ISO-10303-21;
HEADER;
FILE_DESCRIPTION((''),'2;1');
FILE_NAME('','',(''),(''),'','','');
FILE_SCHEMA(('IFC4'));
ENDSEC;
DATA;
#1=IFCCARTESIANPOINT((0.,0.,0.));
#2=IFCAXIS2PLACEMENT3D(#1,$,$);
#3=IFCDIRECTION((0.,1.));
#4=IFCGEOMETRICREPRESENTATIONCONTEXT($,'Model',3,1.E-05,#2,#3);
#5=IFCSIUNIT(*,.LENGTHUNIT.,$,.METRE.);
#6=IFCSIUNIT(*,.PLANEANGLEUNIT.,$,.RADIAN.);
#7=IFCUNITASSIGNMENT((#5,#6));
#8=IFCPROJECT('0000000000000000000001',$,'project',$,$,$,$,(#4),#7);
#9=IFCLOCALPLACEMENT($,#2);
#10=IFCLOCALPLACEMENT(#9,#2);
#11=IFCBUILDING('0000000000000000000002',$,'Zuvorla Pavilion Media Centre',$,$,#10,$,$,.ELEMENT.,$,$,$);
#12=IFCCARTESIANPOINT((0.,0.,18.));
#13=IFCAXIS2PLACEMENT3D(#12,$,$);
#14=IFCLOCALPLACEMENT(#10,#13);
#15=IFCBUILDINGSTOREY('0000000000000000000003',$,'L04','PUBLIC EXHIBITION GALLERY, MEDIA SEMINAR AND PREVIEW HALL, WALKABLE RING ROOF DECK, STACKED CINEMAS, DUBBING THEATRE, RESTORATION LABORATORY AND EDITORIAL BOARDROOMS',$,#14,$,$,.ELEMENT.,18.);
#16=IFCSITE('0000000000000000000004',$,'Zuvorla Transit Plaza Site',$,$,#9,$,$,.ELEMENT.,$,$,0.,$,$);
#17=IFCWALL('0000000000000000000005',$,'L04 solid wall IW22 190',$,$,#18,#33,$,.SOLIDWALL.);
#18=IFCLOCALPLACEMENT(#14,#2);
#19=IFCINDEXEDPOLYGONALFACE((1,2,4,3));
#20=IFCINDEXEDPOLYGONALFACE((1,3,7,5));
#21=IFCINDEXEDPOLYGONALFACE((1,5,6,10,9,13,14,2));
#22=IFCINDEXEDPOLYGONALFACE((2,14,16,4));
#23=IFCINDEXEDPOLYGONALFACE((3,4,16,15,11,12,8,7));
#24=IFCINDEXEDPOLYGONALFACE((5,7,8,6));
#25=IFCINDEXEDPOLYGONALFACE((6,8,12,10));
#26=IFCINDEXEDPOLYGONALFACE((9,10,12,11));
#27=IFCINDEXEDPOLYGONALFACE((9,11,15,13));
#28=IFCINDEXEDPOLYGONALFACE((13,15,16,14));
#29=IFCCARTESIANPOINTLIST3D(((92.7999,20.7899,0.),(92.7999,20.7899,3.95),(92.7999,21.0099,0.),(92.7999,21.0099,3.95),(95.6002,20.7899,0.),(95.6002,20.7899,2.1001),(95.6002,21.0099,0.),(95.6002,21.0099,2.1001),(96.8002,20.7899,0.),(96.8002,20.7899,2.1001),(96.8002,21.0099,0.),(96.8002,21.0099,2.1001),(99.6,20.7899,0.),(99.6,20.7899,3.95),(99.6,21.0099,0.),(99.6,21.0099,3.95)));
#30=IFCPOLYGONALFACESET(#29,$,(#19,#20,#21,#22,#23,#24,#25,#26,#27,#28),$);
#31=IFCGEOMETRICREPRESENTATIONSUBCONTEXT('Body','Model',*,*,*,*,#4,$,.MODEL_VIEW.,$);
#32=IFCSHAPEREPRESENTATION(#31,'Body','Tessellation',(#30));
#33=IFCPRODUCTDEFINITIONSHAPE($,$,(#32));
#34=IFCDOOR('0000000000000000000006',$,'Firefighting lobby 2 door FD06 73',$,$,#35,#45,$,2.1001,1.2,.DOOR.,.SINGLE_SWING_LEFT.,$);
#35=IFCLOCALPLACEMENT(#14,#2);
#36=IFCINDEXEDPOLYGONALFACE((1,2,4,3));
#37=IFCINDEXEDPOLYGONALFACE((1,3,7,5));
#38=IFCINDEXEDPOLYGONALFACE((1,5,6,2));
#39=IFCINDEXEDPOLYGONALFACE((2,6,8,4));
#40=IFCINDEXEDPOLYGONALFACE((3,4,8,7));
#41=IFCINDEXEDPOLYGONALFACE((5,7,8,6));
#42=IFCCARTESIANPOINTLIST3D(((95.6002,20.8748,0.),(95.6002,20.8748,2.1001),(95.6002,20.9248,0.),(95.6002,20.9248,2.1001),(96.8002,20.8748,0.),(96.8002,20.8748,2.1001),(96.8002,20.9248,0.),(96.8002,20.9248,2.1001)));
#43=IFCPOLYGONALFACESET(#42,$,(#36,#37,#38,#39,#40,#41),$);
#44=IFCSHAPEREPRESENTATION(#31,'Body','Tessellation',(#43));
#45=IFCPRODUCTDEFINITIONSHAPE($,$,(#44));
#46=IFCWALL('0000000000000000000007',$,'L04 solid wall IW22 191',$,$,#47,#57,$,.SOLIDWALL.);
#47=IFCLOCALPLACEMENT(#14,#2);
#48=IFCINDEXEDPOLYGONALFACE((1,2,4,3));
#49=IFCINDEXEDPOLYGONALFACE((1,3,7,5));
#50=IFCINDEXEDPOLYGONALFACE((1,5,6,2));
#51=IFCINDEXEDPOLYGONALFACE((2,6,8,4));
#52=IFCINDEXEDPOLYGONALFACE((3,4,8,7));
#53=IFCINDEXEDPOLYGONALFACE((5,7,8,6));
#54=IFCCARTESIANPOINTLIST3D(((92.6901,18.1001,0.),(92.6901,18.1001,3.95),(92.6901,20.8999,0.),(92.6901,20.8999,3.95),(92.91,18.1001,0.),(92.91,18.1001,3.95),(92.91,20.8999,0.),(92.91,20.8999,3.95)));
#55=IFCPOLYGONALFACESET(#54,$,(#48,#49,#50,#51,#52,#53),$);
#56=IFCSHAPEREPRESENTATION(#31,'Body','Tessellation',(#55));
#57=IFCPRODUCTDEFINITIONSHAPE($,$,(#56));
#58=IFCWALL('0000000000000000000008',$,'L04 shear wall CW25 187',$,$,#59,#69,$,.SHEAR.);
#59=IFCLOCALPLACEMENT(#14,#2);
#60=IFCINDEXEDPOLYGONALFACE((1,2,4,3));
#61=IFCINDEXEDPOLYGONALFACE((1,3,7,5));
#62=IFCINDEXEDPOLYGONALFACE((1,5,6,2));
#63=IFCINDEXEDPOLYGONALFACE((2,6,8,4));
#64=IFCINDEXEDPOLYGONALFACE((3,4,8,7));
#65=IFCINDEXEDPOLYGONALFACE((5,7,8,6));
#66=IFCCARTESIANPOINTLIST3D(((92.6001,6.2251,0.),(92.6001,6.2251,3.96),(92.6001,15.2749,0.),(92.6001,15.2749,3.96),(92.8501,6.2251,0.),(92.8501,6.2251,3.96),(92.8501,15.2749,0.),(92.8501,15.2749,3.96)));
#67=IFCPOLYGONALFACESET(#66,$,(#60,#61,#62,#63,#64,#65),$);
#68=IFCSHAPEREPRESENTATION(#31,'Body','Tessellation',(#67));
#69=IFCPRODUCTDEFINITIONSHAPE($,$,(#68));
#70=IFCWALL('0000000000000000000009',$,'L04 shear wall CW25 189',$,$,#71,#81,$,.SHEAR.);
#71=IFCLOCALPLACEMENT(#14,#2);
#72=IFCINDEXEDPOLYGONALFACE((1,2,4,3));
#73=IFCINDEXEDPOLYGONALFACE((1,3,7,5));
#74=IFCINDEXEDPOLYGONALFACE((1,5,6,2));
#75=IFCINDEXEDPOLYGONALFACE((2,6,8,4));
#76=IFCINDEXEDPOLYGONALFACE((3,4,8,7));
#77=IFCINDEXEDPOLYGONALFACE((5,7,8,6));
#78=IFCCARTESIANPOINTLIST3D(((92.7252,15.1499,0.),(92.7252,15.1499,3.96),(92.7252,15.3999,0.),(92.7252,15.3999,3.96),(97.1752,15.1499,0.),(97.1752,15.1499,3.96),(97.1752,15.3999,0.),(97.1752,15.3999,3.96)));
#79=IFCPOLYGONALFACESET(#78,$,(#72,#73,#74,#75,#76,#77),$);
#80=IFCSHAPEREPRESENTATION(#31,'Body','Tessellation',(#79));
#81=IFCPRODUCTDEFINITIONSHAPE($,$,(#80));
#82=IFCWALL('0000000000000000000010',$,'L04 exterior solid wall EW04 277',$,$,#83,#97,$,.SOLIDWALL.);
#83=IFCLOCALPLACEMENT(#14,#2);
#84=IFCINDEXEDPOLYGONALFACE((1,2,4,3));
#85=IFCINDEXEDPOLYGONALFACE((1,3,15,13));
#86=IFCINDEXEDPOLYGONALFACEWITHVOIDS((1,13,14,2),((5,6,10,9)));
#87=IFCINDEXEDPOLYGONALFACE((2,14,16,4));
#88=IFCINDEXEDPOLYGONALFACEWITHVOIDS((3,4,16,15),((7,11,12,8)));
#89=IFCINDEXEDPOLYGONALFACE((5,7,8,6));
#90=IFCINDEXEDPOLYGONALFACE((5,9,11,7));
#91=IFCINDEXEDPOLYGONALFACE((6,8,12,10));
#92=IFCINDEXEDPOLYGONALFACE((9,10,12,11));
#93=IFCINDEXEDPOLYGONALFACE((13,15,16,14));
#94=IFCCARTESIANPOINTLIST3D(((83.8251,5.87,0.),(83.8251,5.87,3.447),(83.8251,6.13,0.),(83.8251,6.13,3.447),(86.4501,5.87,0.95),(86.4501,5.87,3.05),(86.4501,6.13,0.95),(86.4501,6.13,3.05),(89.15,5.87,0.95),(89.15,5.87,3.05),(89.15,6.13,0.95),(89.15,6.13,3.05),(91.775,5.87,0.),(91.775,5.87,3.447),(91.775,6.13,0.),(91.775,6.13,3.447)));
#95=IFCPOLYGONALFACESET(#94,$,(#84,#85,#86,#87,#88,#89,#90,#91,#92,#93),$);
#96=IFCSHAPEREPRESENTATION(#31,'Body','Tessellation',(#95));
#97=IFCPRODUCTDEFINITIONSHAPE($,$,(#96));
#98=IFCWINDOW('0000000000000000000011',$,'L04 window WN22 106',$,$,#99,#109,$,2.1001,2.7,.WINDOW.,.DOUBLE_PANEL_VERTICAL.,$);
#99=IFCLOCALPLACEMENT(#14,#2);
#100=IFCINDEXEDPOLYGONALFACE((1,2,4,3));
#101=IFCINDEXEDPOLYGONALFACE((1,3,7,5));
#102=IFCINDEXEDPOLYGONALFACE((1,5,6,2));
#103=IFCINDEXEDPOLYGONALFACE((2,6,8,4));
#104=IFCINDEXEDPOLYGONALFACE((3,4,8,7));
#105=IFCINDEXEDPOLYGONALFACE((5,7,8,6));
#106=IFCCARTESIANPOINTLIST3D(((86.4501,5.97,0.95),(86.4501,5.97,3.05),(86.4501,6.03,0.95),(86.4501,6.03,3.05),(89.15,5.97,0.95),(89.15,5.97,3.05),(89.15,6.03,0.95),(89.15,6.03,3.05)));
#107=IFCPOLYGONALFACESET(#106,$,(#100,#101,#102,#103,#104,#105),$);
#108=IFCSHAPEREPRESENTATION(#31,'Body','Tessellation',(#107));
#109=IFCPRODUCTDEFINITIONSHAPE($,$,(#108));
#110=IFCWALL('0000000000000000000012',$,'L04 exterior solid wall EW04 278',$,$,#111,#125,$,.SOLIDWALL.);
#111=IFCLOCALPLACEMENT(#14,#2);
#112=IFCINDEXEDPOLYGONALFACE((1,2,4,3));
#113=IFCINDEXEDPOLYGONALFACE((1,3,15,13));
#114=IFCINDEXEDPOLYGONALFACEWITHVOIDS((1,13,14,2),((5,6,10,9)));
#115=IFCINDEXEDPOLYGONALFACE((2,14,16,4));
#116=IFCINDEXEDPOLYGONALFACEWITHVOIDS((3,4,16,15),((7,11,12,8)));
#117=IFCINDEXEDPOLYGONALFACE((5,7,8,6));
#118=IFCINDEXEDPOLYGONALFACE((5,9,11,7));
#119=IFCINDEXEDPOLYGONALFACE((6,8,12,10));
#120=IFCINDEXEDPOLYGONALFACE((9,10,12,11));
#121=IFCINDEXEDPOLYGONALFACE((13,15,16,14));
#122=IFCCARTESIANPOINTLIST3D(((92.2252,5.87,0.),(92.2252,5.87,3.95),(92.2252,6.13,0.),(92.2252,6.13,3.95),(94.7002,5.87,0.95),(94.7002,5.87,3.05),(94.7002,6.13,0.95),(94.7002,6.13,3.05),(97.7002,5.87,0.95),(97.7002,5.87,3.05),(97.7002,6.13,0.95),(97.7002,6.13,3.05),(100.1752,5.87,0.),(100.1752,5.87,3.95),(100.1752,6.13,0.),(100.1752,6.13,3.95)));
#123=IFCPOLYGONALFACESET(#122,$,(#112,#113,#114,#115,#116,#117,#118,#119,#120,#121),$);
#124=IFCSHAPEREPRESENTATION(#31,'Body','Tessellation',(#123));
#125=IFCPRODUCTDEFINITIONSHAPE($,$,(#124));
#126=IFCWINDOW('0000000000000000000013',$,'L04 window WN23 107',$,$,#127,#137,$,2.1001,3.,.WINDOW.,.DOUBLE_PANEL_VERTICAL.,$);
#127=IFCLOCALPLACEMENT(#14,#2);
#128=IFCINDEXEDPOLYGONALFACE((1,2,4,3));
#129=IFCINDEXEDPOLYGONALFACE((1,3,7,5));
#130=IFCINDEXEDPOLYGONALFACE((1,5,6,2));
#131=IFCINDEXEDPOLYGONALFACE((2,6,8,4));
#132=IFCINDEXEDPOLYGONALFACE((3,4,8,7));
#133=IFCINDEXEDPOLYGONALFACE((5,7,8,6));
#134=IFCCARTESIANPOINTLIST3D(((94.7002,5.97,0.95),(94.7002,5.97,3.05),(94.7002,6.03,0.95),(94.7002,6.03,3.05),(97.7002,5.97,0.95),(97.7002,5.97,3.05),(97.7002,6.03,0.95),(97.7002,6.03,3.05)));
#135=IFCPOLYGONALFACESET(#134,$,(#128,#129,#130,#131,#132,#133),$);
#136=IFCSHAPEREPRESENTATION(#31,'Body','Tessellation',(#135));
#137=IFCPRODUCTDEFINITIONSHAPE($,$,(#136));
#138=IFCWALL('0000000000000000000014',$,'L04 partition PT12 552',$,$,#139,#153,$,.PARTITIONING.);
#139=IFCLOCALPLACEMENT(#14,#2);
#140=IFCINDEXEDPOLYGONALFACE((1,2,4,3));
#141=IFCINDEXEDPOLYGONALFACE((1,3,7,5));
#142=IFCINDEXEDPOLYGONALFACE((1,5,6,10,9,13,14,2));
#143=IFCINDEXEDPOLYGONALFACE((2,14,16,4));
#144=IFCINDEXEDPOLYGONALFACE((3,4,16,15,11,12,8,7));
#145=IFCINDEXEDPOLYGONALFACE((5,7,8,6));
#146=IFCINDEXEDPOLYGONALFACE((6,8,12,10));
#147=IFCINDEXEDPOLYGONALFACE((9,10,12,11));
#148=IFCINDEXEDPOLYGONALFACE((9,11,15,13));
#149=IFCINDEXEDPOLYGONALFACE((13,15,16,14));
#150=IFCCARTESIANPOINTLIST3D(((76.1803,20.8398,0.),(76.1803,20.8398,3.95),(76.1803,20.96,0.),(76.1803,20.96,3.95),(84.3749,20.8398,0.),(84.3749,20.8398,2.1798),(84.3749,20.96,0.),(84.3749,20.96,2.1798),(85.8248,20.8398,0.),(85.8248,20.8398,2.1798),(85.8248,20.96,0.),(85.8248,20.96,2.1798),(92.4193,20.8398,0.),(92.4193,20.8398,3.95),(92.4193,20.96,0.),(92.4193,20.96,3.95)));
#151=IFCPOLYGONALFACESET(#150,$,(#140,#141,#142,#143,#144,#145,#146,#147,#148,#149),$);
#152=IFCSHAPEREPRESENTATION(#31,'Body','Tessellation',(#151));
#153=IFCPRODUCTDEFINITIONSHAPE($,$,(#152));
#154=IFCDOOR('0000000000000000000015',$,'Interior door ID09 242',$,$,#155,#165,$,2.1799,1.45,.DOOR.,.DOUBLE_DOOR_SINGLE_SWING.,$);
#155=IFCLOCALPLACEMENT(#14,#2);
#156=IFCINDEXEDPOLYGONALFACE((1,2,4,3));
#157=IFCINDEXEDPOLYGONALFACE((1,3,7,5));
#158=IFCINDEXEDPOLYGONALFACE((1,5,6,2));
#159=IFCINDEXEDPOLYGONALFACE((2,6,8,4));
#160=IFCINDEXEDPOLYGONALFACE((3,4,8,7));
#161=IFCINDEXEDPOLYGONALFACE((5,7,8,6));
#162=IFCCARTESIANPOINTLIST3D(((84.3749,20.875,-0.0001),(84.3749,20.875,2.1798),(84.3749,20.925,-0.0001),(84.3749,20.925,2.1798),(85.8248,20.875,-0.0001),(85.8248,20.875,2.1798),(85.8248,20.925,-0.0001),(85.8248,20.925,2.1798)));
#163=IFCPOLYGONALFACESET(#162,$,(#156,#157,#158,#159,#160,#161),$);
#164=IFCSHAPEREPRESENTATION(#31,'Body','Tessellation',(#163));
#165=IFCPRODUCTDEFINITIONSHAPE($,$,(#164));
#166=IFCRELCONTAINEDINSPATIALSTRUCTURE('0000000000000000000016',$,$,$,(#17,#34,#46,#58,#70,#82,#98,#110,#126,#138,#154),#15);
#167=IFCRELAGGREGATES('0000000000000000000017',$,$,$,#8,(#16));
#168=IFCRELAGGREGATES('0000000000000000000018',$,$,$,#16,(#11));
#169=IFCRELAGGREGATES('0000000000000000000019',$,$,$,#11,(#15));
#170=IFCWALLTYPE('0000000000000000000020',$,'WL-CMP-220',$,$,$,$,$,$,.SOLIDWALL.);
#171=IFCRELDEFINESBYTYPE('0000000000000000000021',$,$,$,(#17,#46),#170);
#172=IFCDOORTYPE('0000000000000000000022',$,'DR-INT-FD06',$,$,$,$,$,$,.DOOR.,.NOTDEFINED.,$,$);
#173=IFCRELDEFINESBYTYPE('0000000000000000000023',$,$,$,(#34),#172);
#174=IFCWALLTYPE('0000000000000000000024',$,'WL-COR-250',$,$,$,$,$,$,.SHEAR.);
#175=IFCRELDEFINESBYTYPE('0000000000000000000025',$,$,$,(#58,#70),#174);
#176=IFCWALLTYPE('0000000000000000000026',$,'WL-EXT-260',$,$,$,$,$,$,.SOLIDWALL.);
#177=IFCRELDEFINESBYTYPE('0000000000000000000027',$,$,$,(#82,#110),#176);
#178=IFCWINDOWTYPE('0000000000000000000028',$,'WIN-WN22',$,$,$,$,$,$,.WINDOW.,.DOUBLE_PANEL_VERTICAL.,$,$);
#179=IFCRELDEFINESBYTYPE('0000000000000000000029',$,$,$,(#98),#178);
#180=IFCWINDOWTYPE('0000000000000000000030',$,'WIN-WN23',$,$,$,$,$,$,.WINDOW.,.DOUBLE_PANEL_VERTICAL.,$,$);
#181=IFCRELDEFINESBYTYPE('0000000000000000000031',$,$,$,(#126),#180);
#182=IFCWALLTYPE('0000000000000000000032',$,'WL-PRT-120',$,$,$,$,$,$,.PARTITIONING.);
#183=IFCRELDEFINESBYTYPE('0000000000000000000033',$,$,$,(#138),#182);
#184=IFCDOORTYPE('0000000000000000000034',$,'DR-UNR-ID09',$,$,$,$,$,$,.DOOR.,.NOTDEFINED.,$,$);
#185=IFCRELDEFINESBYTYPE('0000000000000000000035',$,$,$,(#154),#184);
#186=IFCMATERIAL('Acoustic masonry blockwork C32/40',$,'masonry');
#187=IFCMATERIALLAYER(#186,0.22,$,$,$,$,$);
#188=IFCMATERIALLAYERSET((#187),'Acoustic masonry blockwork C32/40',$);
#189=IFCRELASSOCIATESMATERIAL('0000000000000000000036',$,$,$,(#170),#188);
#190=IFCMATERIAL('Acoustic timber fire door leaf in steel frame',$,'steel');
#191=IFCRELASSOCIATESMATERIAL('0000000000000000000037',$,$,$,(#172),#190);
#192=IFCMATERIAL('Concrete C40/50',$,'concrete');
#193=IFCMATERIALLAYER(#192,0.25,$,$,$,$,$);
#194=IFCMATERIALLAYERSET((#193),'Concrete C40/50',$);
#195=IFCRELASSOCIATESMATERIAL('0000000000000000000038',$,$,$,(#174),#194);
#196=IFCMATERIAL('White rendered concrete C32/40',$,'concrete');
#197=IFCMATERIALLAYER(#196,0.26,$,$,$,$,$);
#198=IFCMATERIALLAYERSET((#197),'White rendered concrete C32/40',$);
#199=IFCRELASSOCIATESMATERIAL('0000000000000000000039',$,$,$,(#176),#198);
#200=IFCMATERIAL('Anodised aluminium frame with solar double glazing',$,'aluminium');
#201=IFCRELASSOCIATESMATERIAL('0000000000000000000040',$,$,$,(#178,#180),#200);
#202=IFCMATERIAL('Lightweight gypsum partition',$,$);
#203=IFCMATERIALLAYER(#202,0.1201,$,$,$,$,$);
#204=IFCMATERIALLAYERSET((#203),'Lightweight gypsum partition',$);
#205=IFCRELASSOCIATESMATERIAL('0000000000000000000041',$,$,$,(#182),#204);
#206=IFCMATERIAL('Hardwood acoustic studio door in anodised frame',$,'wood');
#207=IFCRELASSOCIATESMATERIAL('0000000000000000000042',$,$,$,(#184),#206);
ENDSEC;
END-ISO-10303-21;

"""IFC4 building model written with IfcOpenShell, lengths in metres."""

from ifc_helpers import new_model, si_unit, direction, frame, frame_2d, origin, place, context, subcontext, project, spatial, rectangle, extrude, material, layer, layer_set, type_object, element, fill, save


model = new_model("IFC4")

# Units and contexts
model_context = context("Model", 3, precision=1e-05, world=origin(), true_north=direction((0.0, 1.0)))
body_context = subcontext(model_context, "Body", "Model", "MODEL_VIEW")
ifc_project = project(units=[si_unit("LENGTHUNIT", "METRE"), si_unit("PLANEANGLEUNIT", "RADIAN")], contexts=[model_context])

# Site, building, storey
site_placement = place(None, origin())
site = spatial("IfcSite", under=ifc_project, at=site_placement, Name="Zuvorla Transit Plaza Site", CompositionType="ELEMENT", RefElevation=0.0)
building_placement = place(site_placement, origin())
building = spatial("IfcBuilding", under=site, at=building_placement, Name="Zuvorla Pavilion Media Centre", CompositionType="ELEMENT")
storey_placement = place(building_placement, frame((0.0, 0.0, 18.0)))
storey = spatial("IfcBuildingStorey", under=building, at=storey_placement, Name="L04", Description="PUBLIC EXHIBITION GALLERY, MEDIA SEMINAR AND PREVIEW HALL, WALKABLE RING ROOF DECK, STACKED CINEMAS, DUBBING THEATRE, RESTORATION LABORATORY AND EDITORIAL BOARDROOMS", CompositionType="ELEMENT", Elevation=18.0)

# Shared definitions
ifc_material_1 = material(Name="Concrete C40/50", Category="concrete")

# Wall, opening, door
ifc_material_2 = material(Name="Acoustic masonry blockwork C32/40", Category="masonry")
ifc_layer_1 = layer(ifc_material_2, 0.22)
ifc_layer_set_1 = layer_set([ifc_layer_1], Name="Acoustic masonry blockwork C32/40")
wall_type_1 = type_object("IfcWallType", Name="WL-CMP-220", PredefinedType="SOLIDWALL", material=ifc_layer_set_1)
wall_1_placement = place(storey_placement, frame((92.8, 20.8999, 0.0), z_axis=(0.0, 0.0, 1.0), x_axis=(1.0, 0.0, 0.0)))
wall_1 = element("IfcWall", 1, at=wall_1_placement, inside=storey, type_object=wall_type_1, Name="L04 solid wall IW22 190", PredefinedType="SOLIDWALL", context=body_context, shape_type="SweptSolid", body=[
    extrude(rectangle(XDim=6.8, YDim=0.22, at=frame_2d((3.3999, 0.0))), origin(), (0.0, 0.0, 1.0), 3.95),
])
opening_1_placement = place(wall_1_placement, frame((2.8, 0.0, 0.0)))
opening_1 = element("IfcOpeningElement", 2, at=opening_1_placement, cuts=wall_1, PredefinedType="OPENING", context=body_context, shape_type="SweptSolid", body=[
    extrude(rectangle(XDim=1.2, YDim=2.1001, at=frame_2d((0.6001, 1.05))), frame((0.0, 0.1199, 0.0), z_axis=(0.0, -1.0, 0.0), x_axis=(1.0, 0.0, 0.0)), (0.0, 0.0, 1.0), 0.24),
])
ifc_material_3 = material(Name="Acoustic timber fire door leaf in steel frame", Category="steel")
door_type_1 = type_object("IfcDoorType", Name="DR-INT-FD06", OperationType="NOTDEFINED", PredefinedType="DOOR", material=ifc_material_3)
door_1_placement = place(opening_1_placement, origin())
door_1 = element("IfcDoor", 3, at=door_1_placement, inside=storey, type_object=door_type_1, Name="Firefighting lobby 2 door FD06 73", OperationType="SINGLE_SWING_LEFT", OverallHeight=2.1001, OverallWidth=1.2, PredefinedType="DOOR", context=body_context, shape_type="SweptSolid", body=[
    extrude(rectangle(XDim=1.2, YDim=2.1001, at=frame_2d((0.6001, 1.05))), frame((0.0, 0.0249, 0.0), z_axis=(0.0, -1.0, 0.0), x_axis=(1.0, 0.0, 0.0)), (0.0, 0.0, 1.0), 0.05),
])
fill(opening_1, door_1)

# Walls
wall_2_placement = place(storey_placement, frame((92.8, 18.1001, 0.0), z_axis=(0.0, 0.0, 1.0), x_axis=(0.0, 1.0, 0.0)))
element("IfcWall", 4, at=wall_2_placement, inside=storey, type_object=wall_type_1, Name="L04 solid wall IW22 191", PredefinedType="SOLIDWALL", context=body_context, shape_type="SweptSolid", body=[
    extrude(rectangle(XDim=2.7998, YDim=0.22, at=frame_2d((1.3999, 0.0))), origin(), (0.0, 0.0, 1.0), 3.95),
])
ifc_layer_2 = layer(ifc_material_1, 0.25)
ifc_layer_set_2 = layer_set([ifc_layer_2], Name="Concrete C40/50")
wall_type_2 = type_object("IfcWallType", Name="WL-COR-250", PredefinedType="SHEAR", material=ifc_layer_set_2)
wall_3_placement = place(storey_placement, frame((92.7251, 6.2251, 0.0), z_axis=(0.0, 0.0, 1.0), x_axis=(0.0, 1.0, 0.0)))
element("IfcWall", 5, at=wall_3_placement, inside=storey, type_object=wall_type_2, Name="L04 shear wall CW25 187", PredefinedType="SHEAR", context=body_context, shape_type="SweptSolid", body=[
    extrude(rectangle(XDim=9.0498, YDim=0.25, at=frame_2d((4.5249, 0.0))), origin(), (0.0, 0.0, 1.0), 3.96),
])
wall_4_placement = place(storey_placement, frame((92.7251, 15.2749, 0.0), z_axis=(0.0, 0.0, 1.0), x_axis=(1.0, 0.0, 0.0)))
element("IfcWall", 6, at=wall_4_placement, inside=storey, type_object=wall_type_2, Name="L04 shear wall CW25 189", PredefinedType="SHEAR", context=body_context, shape_type="SweptSolid", body=[
    extrude(rectangle(XDim=4.45, YDim=0.25, at=frame_2d((2.2251, 0.0))), origin(), (0.0, 0.0, 1.0), 3.96),
])

# Walls, openings, windows
ifc_material_4 = material(Name="White rendered concrete C32/40", Category="concrete")
ifc_layer_3 = layer(ifc_material_4, 0.26)
ifc_layer_set_3 = layer_set([ifc_layer_3], Name="White rendered concrete C32/40")
wall_type_3 = type_object("IfcWallType", Name="WL-EXT-260", PredefinedType="SOLIDWALL", material=ifc_layer_set_3)
wall_5_placement = place(storey_placement, frame((83.825, 6.0, 0.0), z_axis=(0.0, 0.0, 1.0), x_axis=(1.0, 0.0, 0.0)))
wall_5 = element("IfcWall", 7, at=wall_5_placement, inside=storey, type_object=wall_type_3, Name="L04 exterior solid wall EW04 277", PredefinedType="SOLIDWALL", context=body_context, shape_type="SweptSolid", body=[
    extrude(rectangle(XDim=7.95, YDim=0.26, at=frame_2d((3.9751, 0.0))), origin(), (0.0, 0.0, 1.0), 3.447),
])
opening_2_placement = place(wall_5_placement, frame((2.625, 0.0, 0.95)))
opening_2 = element("IfcOpeningElement", 8, at=opening_2_placement, cuts=wall_5, PredefinedType="OPENING", context=body_context, shape_type="SweptSolid", body=[
    extrude(rectangle(XDim=2.7, YDim=2.1001, at=frame_2d((1.3501, 1.05))), frame((0.0, 0.1399, 0.0), z_axis=(0.0, -1.0, 0.0), x_axis=(1.0, 0.0, 0.0)), (0.0, 0.0, 1.0), 0.28),
])
ifc_material_5 = material(Name="Anodised aluminium frame with solar double glazing", Category="aluminium")
window_type_1 = type_object("IfcWindowType", Name="WIN-WN22", PartitioningType="DOUBLE_PANEL_VERTICAL", PredefinedType="WINDOW", material=ifc_material_5)
window_1_placement = place(opening_2_placement, origin())
window_1 = element("IfcWindow", 9, at=window_1_placement, inside=storey, type_object=window_type_1, Name="L04 window WN22 106", OverallHeight=2.1001, OverallWidth=2.7, PartitioningType="DOUBLE_PANEL_VERTICAL", PredefinedType="WINDOW", context=body_context, shape_type="SweptSolid", body=[
    extrude(rectangle(XDim=2.7, YDim=2.1001, at=frame_2d((1.3501, 1.05))), frame((0.0, 0.03, 0.0), z_axis=(0.0, -1.0, 0.0), x_axis=(1.0, 0.0, 0.0)), (0.0, 0.0, 1.0), 0.0601),
])
fill(opening_2, window_1)
wall_6_placement = place(storey_placement, frame((92.2251, 6.0, 0.0), z_axis=(0.0, 0.0, 1.0), x_axis=(1.0, 0.0, 0.0)))
wall_6 = element("IfcWall", 10, at=wall_6_placement, inside=storey, type_object=wall_type_3, Name="L04 exterior solid wall EW04 278", PredefinedType="SOLIDWALL", context=body_context, shape_type="SweptSolid", body=[
    extrude(rectangle(XDim=7.95, YDim=0.26, at=frame_2d((3.9751, 0.0))), origin(), (0.0, 0.0, 1.0), 3.95),
])
opening_3_placement = place(wall_6_placement, frame((2.4751, 0.0, 0.95)))
opening_3 = element("IfcOpeningElement", 11, at=opening_3_placement, cuts=wall_6, PredefinedType="OPENING", context=body_context, shape_type="SweptSolid", body=[
    extrude(rectangle(XDim=3.0, YDim=2.1001, at=frame_2d((1.5, 1.05))), frame((0.0, 0.1399, 0.0), z_axis=(0.0, -1.0, 0.0), x_axis=(1.0, 0.0, 0.0)), (0.0, 0.0, 1.0), 0.28),
])
window_type_2 = type_object("IfcWindowType", Name="WIN-WN23", PartitioningType="DOUBLE_PANEL_VERTICAL", PredefinedType="WINDOW", material=ifc_material_5)
window_2_placement = place(opening_3_placement, origin())
window_2 = element("IfcWindow", 12, at=window_2_placement, inside=storey, type_object=window_type_2, Name="L04 window WN23 107", OverallHeight=2.1001, OverallWidth=3.0, PartitioningType="DOUBLE_PANEL_VERTICAL", PredefinedType="WINDOW", context=body_context, shape_type="SweptSolid", body=[
    extrude(rectangle(XDim=3.0, YDim=2.1001, at=frame_2d((1.5, 1.05))), frame((0.0, 0.03, 0.0), z_axis=(0.0, -1.0, 0.0), x_axis=(1.0, 0.0, 0.0)), (0.0, 0.0, 1.0), 0.0601),
])
fill(opening_3, window_2)

# Wall, opening, door
ifc_material_6 = material(Name="Lightweight gypsum partition")
ifc_layer_4 = layer(ifc_material_6, 0.1201)
ifc_layer_set_4 = layer_set([ifc_layer_4], Name="Lightweight gypsum partition")
wall_type_4 = type_object("IfcWallType", Name="WL-PRT-120", PredefinedType="PARTITIONING", material=ifc_layer_set_4)
wall_7_placement = place(storey_placement, frame((92.4194, 20.8999, 0.0), z_axis=(0.0, 0.0, 1.0), x_axis=(-1.0, 0.0, 0.0)))
wall_7 = element("IfcWall", 13, at=wall_7_placement, inside=storey, type_object=wall_type_4, Name="L04 partition PT12 552", PredefinedType="PARTITIONING", context=body_context, shape_type="SweptSolid", body=[
    extrude(rectangle(XDim=16.239, YDim=0.1201, at=frame_2d((8.1196, 0.0))), origin(), (0.0, 0.0, 1.0), 3.95),
])
opening_4_placement = place(wall_7_placement, frame((6.5945, 0.0, 0.0)))
opening_4 = element("IfcOpeningElement", 14, at=opening_4_placement, cuts=wall_7, PredefinedType="OPENING", context=body_context, shape_type="SweptSolid", body=[
    extrude(rectangle(XDim=1.45, YDim=2.1799, at=frame_2d((0.7251, 1.0898))), frame((0.0, 0.0701, 0.0), z_axis=(0.0, -1.0, 0.0), x_axis=(1.0, 0.0, 0.0)), (0.0, 0.0, 1.0), 0.1401),
])
ifc_material_7 = material(Name="Hardwood acoustic studio door in anodised frame", Category="wood")
door_type_2 = type_object("IfcDoorType", Name="DR-UNR-ID09", OperationType="NOTDEFINED", PredefinedType="DOOR", material=ifc_material_7)
door_2_placement = place(opening_4_placement, origin())
door_2 = element("IfcDoor", 15, at=door_2_placement, inside=storey, type_object=door_type_2, Name="Interior door ID09 242", OperationType="DOUBLE_DOOR_SINGLE_SWING", OverallHeight=2.1799, OverallWidth=1.45, PredefinedType="DOOR", context=body_context, shape_type="SweptSolid", body=[
    extrude(rectangle(XDim=1.45, YDim=2.1799, at=frame_2d((0.7251, 1.0898))), frame((0.0, 0.0249, 0.0), z_axis=(0.0, -1.0, 0.0), x_axis=(1.0, 0.0, 0.0)), (0.0, 0.0, 1.0), 0.05),
])
fill(opening_4, door_2)

save(model, "model.ifc")
